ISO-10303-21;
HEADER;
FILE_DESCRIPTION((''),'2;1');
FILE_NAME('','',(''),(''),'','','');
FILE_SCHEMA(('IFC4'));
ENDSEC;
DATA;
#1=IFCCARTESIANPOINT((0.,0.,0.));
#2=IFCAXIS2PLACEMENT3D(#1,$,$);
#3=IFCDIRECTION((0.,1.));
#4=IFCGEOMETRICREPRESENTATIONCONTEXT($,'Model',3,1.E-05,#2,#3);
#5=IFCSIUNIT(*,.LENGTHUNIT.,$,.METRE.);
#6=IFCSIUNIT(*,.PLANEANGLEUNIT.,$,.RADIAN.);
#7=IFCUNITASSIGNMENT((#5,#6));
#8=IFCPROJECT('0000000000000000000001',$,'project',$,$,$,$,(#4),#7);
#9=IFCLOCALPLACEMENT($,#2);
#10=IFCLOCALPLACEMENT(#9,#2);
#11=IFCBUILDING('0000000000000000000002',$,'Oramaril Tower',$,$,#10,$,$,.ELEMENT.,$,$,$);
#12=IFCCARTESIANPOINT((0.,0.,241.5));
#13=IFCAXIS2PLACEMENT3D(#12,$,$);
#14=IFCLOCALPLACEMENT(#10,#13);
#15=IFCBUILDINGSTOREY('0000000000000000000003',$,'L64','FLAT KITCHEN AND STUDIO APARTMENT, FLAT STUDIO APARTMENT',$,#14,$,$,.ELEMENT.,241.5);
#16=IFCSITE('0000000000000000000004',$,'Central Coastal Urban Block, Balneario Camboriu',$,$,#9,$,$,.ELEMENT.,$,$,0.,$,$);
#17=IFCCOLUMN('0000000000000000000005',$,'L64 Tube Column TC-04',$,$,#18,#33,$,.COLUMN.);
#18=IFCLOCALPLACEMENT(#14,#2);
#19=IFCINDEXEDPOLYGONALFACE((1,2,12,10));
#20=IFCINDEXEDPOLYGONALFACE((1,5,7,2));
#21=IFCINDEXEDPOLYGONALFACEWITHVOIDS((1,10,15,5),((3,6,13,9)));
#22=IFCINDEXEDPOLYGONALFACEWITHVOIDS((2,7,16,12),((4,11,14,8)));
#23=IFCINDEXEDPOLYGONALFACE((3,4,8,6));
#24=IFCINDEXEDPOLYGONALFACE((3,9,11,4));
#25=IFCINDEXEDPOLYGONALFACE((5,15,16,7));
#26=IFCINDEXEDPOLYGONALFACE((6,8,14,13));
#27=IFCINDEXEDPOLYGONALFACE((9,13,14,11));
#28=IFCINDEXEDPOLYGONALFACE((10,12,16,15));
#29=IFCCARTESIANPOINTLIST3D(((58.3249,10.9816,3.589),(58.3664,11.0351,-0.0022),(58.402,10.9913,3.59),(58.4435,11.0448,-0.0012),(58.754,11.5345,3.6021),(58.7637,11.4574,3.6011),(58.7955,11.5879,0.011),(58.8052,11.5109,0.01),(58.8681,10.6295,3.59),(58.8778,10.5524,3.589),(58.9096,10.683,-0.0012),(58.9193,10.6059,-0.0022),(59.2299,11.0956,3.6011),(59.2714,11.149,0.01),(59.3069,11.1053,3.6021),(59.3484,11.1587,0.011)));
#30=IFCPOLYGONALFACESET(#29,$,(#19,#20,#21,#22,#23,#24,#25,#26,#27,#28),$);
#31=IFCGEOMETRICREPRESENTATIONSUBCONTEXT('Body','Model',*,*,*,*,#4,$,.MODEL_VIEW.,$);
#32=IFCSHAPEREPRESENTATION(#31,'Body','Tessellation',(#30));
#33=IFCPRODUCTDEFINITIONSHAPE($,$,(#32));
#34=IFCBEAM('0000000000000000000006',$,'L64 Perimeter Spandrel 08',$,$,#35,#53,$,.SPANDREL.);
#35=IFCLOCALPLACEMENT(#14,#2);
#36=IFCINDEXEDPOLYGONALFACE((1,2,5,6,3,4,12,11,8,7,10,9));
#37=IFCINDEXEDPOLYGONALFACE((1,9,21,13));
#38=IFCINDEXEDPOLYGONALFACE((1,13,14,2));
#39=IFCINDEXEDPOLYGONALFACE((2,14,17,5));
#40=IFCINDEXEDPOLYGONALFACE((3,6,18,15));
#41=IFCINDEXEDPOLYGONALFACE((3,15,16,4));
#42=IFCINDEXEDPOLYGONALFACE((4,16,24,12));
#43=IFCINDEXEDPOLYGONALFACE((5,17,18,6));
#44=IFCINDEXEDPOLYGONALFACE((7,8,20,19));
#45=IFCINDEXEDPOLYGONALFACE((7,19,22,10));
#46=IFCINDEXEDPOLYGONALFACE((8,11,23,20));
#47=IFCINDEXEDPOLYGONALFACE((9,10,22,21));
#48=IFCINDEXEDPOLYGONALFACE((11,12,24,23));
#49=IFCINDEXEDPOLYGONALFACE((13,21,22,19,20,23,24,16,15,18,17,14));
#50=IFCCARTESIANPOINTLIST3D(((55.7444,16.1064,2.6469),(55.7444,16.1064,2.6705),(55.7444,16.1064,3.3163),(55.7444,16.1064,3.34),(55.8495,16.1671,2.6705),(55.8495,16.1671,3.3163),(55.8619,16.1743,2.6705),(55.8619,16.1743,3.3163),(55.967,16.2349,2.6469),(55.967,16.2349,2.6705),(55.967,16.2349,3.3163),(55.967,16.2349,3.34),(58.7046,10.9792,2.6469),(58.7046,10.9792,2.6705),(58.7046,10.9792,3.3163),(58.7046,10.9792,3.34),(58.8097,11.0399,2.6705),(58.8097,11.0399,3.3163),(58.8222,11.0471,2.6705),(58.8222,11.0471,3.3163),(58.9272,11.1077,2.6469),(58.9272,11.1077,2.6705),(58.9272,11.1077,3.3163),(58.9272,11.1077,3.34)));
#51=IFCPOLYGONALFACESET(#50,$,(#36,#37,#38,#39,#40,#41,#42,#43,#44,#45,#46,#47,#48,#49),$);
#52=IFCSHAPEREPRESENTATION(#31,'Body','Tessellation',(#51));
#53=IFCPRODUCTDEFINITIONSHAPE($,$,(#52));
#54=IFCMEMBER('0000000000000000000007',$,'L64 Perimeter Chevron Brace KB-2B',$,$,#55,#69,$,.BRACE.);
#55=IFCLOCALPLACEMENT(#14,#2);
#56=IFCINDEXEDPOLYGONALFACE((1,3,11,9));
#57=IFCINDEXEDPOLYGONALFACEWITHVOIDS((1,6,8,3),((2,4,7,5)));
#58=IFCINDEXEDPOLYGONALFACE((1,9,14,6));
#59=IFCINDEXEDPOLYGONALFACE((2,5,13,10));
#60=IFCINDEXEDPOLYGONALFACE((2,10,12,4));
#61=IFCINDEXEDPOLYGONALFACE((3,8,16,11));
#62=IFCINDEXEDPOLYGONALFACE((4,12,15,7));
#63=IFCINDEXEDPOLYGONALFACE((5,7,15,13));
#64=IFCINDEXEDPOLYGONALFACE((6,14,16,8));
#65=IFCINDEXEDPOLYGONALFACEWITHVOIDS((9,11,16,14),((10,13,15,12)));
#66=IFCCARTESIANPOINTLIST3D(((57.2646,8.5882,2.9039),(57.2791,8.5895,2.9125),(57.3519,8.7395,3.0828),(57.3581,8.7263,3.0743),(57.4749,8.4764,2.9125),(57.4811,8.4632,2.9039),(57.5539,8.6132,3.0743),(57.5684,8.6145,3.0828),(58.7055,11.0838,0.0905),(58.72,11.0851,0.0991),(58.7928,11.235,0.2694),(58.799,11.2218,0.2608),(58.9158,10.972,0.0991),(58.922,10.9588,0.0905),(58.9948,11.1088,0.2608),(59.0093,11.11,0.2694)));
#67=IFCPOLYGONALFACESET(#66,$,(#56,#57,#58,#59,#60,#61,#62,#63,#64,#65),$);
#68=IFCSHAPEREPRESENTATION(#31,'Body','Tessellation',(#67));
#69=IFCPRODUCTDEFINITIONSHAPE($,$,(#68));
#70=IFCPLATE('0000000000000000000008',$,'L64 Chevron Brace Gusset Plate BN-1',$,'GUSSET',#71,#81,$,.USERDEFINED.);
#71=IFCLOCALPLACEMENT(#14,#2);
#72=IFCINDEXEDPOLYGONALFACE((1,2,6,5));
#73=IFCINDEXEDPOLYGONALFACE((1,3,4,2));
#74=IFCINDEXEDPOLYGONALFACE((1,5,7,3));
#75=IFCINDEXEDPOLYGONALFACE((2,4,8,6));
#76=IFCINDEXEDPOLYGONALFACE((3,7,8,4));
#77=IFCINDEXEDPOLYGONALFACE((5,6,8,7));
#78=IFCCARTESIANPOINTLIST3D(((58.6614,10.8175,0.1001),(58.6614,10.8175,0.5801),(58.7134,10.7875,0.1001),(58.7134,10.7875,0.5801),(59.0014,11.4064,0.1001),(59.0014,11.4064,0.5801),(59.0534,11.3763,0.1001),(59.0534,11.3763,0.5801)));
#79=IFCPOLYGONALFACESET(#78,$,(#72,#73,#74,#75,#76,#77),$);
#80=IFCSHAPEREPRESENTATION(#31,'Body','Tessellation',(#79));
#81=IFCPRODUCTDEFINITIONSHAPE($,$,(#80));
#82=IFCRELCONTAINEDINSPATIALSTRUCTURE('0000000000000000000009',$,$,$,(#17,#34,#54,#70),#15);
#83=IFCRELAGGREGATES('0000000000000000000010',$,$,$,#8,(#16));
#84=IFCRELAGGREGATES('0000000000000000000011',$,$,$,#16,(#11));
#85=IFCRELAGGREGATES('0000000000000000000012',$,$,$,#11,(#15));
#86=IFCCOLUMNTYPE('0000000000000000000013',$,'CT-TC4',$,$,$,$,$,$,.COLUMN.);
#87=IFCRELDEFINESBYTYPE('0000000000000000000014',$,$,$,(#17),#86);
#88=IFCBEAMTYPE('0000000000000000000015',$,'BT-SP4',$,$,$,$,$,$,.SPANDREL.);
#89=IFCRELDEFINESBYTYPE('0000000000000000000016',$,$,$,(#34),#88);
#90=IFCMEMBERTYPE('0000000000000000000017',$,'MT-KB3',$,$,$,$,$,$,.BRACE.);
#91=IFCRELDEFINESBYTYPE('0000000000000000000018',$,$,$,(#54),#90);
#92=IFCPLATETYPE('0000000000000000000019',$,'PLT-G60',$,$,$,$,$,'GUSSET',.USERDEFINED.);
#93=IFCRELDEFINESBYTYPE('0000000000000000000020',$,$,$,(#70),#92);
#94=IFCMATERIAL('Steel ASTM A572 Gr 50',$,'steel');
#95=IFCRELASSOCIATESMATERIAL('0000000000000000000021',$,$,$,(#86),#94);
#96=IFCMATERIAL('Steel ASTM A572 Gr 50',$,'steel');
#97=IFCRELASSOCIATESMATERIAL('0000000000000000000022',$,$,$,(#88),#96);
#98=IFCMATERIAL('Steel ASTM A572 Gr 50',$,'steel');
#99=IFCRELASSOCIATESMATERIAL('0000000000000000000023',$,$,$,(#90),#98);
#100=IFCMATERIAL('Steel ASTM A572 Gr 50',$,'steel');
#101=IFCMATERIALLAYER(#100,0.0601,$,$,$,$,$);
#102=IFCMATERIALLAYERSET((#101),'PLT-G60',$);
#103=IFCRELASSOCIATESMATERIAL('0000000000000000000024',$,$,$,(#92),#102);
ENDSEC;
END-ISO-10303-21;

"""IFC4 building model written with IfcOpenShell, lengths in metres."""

from ifc_helpers import new_model, si_unit, direction, frame, origin, origin_2d, place, context, subcontext, project, spatial, rectangle, hollow_rectangle, i_section, extrude, material, layer, layer_set, material_profile, profile_set, type_object, element, save


model = new_model("IFC4")

# Units and contexts
model_context = context("Model", 3, precision=1e-05, world=origin(), true_north=direction((0.0, 1.0)))
body_context = subcontext(model_context, "Body", "Model", "MODEL_VIEW")
ifc_project = project(units=[si_unit("LENGTHUNIT", "METRE"), si_unit("PLANEANGLEUNIT", "RADIAN")], contexts=[model_context])

# Site, building, storey
site_placement = place(None, origin())
site = spatial("IfcSite", under=ifc_project, at=site_placement, Name="Central Coastal Urban Block, Balneario Camboriu", CompositionType="ELEMENT", RefElevation=0.0)
building_placement = place(site_placement, origin())
building = spatial("IfcBuilding", under=site, at=building_placement, Name="Oramaril Tower", CompositionType="ELEMENT")
storey_placement = place(building_placement, frame((0.0, 0.0, 241.5)))
storey = spatial("IfcBuildingStorey", under=building, at=storey_placement, Name="L64", Description="FLAT KITCHEN AND STUDIO APARTMENT, FLAT STUDIO APARTMENT", CompositionType="ELEMENT", Elevation=241.5)

# Column
ifc_material_1 = material(Name="Steel ASTM A572 Gr 50", Category="steel")
ifc_material_profile_1 = material_profile(ifc_material_1, hollow_rectangle(XDim=0.7, YDim=0.7, WallThickness=0.0549, at=origin_2d()), Name="BOX700X700X55")
ifc_profile_set_1 = profile_set([ifc_material_profile_1], Name="Steel ASTM A572 Gr 50")
column_type = type_object("IfcColumnType", Name="CT-TC4", PredefinedType="COLUMN", material=ifc_profile_set_1)
column_placement = place(storey_placement, frame((58.8574, 11.0969, 0.0044), z_axis=(-0.011555, -0.014886, 0.999822), x_axis=(0.789935, -0.613191, 0.0)))
element("IfcColumn", 1, at=column_placement, inside=storey, type_object=column_type, Name="L64 Tube Column TC-04", PredefinedType="COLUMN", context=body_context, shape_type="SweptSolid", body=[
    extrude(hollow_rectangle(XDim=0.7, YDim=0.7, WallThickness=0.0549, at=origin_2d()), origin(), (0.0, 0.0, 1.0), 3.5918),
])

# Beam
ifc_material_2 = material(Name="Steel ASTM A572 Gr 50", Category="steel")
ifc_material_profile_2 = material_profile(ifc_material_2, i_section(OverallWidth=0.2571, OverallDepth=0.6931, WebThickness=0.0144, FlangeThickness=0.0237, at=origin_2d()), Name="W27X114")
ifc_profile_set_2 = profile_set([ifc_material_profile_2], Name="Steel ASTM A572 Gr 50")
beam_type = type_object("IfcBeamType", Name="BT-SP4", PredefinedType="SPANDREL", material=ifc_profile_set_2)
beam_placement = place(storey_placement, frame((58.8159, 11.0435, 2.9934), z_axis=(-0.500002, 0.866024, 0.0), x_axis=(-0.866024, -0.500002, 0.0)))
element("IfcBeam", 2, at=beam_placement, inside=storey, type_object=beam_type, Name="L64 Perimeter Spandrel 08", PredefinedType="SPANDREL", context=body_context, shape_type="SweptSolid", body=[
    extrude(i_section(OverallWidth=0.2571, OverallDepth=0.6931, WebThickness=0.0144, FlangeThickness=0.0237, at=origin_2d()), origin(), (0.0, 0.0, 1.0), 5.9204),
])

# Member
ifc_material_3 = material(Name="Steel ASTM A572 Gr 50", Category="steel")
ifc_material_profile_3 = material_profile(ifc_material_3, hollow_rectangle(XDim=0.25, YDim=0.25, WallThickness=0.012, at=origin_2d()), Name="HSS250X250X12")
ifc_profile_set_3 = profile_set([ifc_material_profile_3], Name="Steel ASTM A572 Gr 50")
member_type = type_object("IfcMemberType", Name="MT-KB3", PredefinedType="BRACE", material=ifc_profile_set_3)
member_placement = place(storey_placement, frame((58.8574, 11.0969, 0.1799), z_axis=(-0.357779, -0.619657, 0.698584), x_axis=(0.866013, -0.500021, 0.0)))
element("IfcMember", 3, at=member_placement, inside=storey, type_object=member_type, Name="L64 Perimeter Chevron Brace KB-2B", PredefinedType="BRACE", context=body_context, shape_type="SweptSolid", body=[
    extrude(hollow_rectangle(XDim=0.25, YDim=0.25, WallThickness=0.012, at=origin_2d()), origin(), (0.0, 0.0, 1.0), 4.0273),
])

# Plate
ifc_material_4 = material(Name="Steel ASTM A572 Gr 50", Category="steel")
ifc_layer_1 = layer(ifc_material_4, 0.0601)
ifc_layer_set_1 = layer_set([ifc_layer_1], Name="PLT-G60")
plate_type = type_object("IfcPlateType", Name="PLT-G60", ElementType="GUSSET", PredefinedType="USERDEFINED", material=ifc_layer_set_1)
plate_placement = place(storey_placement, frame((58.8574, 11.0969, 0.1001), z_axis=(0.0, 0.0, 1.0), x_axis=(0.500002, 0.866025, 0.0)))
element("IfcPlate", 4, at=plate_placement, inside=storey, type_object=plate_type, Name="L64 Chevron Brace Gusset Plate BN-1", ObjectType="GUSSET", PredefinedType="USERDEFINED", context=body_context, shape_type="SweptSolid", body=[
    extrude(rectangle(XDim=0.6799, YDim=0.0601, at=origin_2d()), origin(), (0.0, 0.0, 1.0), 0.48),
])

save(model, "model.ifc")
